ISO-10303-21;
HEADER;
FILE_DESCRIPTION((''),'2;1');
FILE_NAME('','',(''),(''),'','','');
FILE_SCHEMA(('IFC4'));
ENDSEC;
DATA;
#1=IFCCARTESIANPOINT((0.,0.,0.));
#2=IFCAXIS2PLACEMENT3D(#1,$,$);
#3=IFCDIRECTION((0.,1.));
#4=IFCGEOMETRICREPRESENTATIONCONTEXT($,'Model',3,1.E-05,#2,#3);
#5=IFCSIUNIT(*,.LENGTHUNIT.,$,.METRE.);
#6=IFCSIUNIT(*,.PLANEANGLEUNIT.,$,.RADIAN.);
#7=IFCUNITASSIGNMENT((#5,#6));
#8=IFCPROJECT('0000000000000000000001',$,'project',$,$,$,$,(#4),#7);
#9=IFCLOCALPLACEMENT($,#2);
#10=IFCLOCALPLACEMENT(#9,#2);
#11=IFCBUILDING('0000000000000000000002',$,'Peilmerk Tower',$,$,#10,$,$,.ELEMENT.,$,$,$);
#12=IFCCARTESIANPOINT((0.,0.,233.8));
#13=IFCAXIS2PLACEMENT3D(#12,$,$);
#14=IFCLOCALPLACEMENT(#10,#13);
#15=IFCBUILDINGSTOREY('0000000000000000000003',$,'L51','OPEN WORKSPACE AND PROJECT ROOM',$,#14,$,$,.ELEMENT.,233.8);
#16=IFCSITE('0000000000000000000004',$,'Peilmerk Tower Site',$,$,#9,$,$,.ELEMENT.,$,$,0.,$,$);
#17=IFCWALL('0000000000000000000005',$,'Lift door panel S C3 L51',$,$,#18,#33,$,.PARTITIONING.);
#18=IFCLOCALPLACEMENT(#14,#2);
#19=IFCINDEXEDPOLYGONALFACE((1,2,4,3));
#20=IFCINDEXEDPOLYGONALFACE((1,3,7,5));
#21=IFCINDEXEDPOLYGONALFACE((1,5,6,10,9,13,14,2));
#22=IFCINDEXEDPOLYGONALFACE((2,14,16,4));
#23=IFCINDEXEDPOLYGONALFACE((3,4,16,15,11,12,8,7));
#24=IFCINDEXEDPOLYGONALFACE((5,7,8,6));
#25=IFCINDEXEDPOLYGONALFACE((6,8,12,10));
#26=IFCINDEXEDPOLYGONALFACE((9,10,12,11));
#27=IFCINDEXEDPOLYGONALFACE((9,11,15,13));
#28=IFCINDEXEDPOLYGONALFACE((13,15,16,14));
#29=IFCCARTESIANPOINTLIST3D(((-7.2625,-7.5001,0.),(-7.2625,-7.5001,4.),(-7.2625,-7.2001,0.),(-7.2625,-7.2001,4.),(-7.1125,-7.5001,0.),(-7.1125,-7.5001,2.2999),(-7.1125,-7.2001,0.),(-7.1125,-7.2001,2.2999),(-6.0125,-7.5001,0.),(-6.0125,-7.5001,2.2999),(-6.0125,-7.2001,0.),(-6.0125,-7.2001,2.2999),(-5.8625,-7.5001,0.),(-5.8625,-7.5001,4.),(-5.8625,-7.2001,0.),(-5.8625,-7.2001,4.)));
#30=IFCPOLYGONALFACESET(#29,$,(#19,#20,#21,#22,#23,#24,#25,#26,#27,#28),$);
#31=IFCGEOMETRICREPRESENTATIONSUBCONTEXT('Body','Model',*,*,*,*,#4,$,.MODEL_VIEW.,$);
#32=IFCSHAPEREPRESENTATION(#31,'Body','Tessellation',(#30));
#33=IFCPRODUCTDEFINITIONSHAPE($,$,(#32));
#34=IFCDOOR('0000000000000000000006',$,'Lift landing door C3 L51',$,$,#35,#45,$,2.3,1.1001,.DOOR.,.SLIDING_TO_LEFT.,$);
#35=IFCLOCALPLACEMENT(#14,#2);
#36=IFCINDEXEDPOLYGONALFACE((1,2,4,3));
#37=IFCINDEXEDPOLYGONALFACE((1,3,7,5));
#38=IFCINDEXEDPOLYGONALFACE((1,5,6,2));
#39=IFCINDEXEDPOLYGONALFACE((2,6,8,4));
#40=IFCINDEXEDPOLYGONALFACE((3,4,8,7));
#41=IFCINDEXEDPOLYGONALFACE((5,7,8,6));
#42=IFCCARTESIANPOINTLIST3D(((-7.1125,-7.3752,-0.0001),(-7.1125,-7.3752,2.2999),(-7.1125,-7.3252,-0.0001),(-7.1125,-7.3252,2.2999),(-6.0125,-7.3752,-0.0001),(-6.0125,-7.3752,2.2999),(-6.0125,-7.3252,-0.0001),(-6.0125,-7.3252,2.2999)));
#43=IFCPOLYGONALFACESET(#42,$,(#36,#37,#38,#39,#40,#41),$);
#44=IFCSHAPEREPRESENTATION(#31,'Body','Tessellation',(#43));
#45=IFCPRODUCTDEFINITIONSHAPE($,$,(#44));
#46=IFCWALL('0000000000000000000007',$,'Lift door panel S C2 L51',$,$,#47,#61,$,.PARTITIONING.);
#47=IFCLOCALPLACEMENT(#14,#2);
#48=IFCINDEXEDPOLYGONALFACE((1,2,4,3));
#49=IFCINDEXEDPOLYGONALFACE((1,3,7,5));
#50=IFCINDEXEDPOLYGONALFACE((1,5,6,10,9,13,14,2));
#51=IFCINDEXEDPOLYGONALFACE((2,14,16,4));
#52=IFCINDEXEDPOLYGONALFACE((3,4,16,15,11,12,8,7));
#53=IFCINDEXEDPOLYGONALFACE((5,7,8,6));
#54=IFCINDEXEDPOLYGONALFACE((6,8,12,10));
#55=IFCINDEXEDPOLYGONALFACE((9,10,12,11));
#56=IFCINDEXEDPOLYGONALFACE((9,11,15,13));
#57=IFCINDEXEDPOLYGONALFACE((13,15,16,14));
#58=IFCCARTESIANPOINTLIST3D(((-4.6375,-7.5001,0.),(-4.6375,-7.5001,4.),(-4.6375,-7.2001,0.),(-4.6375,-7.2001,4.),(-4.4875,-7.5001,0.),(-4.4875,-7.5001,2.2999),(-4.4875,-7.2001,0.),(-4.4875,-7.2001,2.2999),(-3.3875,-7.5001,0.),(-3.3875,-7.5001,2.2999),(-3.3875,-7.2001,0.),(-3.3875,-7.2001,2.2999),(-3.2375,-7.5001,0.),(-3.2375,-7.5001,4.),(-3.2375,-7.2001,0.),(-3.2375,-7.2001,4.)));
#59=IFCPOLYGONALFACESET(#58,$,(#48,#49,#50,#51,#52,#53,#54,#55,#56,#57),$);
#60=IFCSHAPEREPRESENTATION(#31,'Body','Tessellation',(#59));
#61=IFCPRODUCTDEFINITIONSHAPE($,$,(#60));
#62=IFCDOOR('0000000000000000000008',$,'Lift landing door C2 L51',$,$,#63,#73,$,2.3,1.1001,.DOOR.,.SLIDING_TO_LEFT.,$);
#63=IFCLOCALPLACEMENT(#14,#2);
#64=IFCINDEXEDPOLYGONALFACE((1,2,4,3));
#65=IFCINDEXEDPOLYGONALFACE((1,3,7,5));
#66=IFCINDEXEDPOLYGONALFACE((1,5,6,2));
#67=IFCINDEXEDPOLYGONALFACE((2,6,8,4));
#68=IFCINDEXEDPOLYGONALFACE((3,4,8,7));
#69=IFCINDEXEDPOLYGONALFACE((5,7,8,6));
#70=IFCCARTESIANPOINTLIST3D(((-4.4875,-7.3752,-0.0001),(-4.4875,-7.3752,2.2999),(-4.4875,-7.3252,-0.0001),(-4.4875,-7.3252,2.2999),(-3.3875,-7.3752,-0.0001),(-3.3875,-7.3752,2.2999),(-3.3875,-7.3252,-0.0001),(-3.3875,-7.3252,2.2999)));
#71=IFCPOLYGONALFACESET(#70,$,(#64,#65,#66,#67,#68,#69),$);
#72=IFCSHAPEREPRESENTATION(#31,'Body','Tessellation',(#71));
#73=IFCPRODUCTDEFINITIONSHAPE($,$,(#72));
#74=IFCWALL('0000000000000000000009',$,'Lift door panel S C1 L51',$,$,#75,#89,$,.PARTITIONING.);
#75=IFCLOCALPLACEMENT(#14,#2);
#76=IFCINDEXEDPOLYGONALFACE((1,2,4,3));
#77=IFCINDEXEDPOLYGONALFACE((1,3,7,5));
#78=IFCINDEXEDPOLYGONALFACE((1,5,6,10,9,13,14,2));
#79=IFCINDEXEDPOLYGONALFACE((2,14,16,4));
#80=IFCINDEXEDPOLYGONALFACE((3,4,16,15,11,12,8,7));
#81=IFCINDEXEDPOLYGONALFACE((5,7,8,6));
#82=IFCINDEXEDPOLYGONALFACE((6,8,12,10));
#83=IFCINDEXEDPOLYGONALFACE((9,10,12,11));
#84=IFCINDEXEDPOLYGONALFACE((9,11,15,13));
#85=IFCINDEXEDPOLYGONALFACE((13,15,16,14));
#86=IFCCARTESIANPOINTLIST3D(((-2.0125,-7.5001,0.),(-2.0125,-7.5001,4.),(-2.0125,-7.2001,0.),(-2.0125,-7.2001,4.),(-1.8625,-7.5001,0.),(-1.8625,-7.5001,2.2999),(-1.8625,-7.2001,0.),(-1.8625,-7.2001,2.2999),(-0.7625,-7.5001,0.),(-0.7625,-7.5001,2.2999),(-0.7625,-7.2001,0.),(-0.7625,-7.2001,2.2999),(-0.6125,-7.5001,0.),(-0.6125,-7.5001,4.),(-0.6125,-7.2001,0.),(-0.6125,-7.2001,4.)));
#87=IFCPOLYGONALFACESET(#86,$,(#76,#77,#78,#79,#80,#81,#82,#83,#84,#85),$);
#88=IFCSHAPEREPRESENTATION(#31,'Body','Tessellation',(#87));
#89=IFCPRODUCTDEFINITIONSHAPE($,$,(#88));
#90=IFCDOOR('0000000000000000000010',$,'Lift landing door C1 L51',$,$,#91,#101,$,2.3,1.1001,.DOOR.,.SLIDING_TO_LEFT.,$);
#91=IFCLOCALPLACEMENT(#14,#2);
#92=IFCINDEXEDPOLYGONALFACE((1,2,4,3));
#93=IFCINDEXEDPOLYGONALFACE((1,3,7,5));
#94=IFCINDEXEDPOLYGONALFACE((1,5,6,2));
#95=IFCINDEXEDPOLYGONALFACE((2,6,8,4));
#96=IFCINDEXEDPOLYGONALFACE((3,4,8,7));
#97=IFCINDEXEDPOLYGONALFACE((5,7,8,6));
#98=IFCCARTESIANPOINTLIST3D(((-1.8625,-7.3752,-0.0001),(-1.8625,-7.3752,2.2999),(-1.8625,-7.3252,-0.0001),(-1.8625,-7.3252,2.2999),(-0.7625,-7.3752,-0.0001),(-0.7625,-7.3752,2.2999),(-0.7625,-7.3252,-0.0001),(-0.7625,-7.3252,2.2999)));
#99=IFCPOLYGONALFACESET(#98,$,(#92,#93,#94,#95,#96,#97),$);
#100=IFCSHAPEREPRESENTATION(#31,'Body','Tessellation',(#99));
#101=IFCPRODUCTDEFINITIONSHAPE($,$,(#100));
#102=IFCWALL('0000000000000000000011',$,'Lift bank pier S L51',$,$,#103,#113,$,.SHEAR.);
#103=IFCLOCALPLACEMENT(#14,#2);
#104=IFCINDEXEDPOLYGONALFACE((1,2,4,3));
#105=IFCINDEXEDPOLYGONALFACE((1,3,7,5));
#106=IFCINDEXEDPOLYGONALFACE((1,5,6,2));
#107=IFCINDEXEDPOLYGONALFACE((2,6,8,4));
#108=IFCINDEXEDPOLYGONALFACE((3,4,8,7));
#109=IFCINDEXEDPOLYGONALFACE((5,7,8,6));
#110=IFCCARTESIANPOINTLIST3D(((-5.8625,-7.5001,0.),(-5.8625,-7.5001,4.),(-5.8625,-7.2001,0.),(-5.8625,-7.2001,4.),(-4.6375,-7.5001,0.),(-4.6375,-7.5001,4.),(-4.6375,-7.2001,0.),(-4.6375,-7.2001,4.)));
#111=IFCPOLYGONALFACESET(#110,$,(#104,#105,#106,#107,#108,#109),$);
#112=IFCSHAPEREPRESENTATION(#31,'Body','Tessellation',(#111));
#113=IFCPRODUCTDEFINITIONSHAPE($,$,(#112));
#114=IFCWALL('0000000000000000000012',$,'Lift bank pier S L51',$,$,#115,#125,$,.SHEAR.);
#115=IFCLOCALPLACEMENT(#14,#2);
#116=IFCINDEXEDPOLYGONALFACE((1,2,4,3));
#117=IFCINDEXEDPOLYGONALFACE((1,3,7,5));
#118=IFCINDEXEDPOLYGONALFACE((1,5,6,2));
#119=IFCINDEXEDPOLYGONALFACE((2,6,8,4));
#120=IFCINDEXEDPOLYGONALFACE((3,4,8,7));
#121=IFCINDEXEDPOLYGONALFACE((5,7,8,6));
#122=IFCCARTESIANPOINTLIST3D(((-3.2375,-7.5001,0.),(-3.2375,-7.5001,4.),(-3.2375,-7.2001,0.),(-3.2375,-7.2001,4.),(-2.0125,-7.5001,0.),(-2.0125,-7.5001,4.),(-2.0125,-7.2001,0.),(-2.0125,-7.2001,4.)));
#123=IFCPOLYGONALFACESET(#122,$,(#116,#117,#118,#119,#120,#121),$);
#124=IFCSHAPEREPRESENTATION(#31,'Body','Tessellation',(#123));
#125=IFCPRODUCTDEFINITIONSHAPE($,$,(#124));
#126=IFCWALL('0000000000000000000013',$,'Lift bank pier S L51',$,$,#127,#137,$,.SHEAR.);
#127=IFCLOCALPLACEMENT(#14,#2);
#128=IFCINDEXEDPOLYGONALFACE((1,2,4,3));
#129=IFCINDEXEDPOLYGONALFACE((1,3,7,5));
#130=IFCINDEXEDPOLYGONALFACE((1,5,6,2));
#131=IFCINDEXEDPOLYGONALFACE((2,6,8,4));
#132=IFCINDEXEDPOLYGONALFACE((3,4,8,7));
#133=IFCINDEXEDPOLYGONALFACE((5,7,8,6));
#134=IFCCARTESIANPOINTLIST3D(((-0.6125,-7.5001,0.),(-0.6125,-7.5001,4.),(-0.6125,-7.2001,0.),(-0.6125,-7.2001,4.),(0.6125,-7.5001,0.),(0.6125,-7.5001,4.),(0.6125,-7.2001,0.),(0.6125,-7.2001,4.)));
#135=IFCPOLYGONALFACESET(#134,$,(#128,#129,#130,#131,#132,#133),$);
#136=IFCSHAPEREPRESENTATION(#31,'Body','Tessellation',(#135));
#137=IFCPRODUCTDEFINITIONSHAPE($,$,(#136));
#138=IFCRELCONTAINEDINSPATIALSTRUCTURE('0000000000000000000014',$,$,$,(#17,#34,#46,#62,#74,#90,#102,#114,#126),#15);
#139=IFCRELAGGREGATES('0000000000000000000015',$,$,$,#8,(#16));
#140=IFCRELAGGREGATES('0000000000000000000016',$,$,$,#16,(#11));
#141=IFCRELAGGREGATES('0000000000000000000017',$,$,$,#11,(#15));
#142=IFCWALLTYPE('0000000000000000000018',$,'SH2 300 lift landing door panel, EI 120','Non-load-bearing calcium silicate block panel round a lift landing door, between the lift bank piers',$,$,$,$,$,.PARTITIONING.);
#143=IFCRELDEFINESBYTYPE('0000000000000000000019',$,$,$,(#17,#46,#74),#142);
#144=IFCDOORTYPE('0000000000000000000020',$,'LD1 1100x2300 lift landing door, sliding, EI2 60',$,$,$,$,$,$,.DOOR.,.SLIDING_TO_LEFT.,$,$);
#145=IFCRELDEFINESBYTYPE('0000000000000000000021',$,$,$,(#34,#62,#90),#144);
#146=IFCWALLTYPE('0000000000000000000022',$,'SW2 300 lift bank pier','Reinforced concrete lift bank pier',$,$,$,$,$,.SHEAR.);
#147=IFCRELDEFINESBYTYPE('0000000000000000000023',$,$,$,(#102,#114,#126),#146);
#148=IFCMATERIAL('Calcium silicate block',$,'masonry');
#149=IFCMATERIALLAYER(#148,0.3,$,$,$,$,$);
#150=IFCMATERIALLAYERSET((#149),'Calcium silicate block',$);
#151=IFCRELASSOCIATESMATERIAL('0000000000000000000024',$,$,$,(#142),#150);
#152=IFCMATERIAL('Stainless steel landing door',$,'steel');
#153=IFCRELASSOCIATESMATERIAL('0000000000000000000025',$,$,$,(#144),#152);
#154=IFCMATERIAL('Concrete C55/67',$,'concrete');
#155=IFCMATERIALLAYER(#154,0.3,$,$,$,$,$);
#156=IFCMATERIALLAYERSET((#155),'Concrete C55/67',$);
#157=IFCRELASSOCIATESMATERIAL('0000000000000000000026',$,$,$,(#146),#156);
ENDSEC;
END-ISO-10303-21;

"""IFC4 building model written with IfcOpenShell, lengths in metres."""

from ifc_helpers import new_model, si_unit, direction, frame, frame_2d, origin, place, context, subcontext, project, spatial, rectangle, extrude, material, layer, layer_set, type_object, element, fill, save


model = new_model("IFC4")

# Units and contexts
model_context = context("Model", 3, precision=1e-05, world=origin(), true_north=direction((0.0, 1.0)))
body_context = subcontext(model_context, "Body", "Model", "MODEL_VIEW")
ifc_project = project(units=[si_unit("LENGTHUNIT", "METRE"), si_unit("PLANEANGLEUNIT", "RADIAN")], contexts=[model_context])

# Site, building, storey
site_placement = place(None, origin())
site = spatial("IfcSite", under=ifc_project, at=site_placement, Name="Peilmerk Tower Site", CompositionType="ELEMENT", RefElevation=0.0)
building_placement = place(site_placement, origin())
building = spatial("IfcBuilding", under=site, at=building_placement, Name="Peilmerk Tower", CompositionType="ELEMENT")
storey_placement = place(building_placement, frame((0.0, 0.0, 233.8)))
storey = spatial("IfcBuildingStorey", under=building, at=storey_placement, Name="L51", Description="OPEN WORKSPACE AND PROJECT ROOM", CompositionType="ELEMENT", Elevation=233.8)

# Shared definitions
ifc_material_1 = material(Name="Calcium silicate block", Category="masonry")

# Walls, openings, doors
ifc_layer_1 = layer(ifc_material_1, 0.3)
ifc_layer_set_1 = layer_set([ifc_layer_1], Name="Calcium silicate block")
wall_type_1 = type_object("IfcWallType", Name="SH2 300 lift landing door panel, EI 120", Description="Non-load-bearing calcium silicate block panel round a lift landing door, between the lift bank piers", PredefinedType="PARTITIONING", material=ifc_layer_set_1)
wall_1_placement = place(storey_placement, frame((-7.2625, -7.3501, 0.0), z_axis=(0.0, 0.0, 1.0), x_axis=(1.0, 0.0, 0.0)))
wall_1 = element("IfcWall", 1, at=wall_1_placement, inside=storey, type_object=wall_type_1, Name="Lift door panel S C3 L51", PredefinedType="PARTITIONING", context=body_context, shape_type="SweptSolid", body=[
    extrude(rectangle(XDim=1.3999, YDim=0.3, at=frame_2d((0.7, 0.0))), origin(), (0.0, 0.0, 1.0), 4.0),
])
opening_1_placement = place(wall_1_placement, frame((0.1499, 0.0, 0.0)))
opening_1 = element("IfcOpeningElement", 2, at=opening_1_placement, cuts=wall_1, PredefinedType="OPENING", context=body_context, shape_type="SweptSolid", body=[
    extrude(rectangle(XDim=1.1001, YDim=2.3, at=frame_2d((0.55, 1.1499))), frame((0.0, 0.1599, 0.0), z_axis=(0.0, -1.0, 0.0), x_axis=(1.0, 0.0, 0.0)), (0.0, 0.0, 1.0), 0.3201),
])
ifc_material_2 = material(Name="Stainless steel landing door", Category="steel")
door_type = type_object("IfcDoorType", Name="LD1 1100x2300 lift landing door, sliding, EI2 60", OperationType="SLIDING_TO_LEFT", PredefinedType="DOOR", material=ifc_material_2)
door_1_placement = place(opening_1_placement, origin())
door_1 = element("IfcDoor", 3, at=door_1_placement, inside=storey, type_object=door_type, Name="Lift landing door C3 L51", OperationType="SLIDING_TO_LEFT", OverallHeight=2.3, OverallWidth=1.1001, PredefinedType="DOOR", context=body_context, shape_type="SweptSolid", body=[
    extrude(rectangle(XDim=1.1001, YDim=2.3, at=frame_2d((0.55, 1.1499))), frame((0.0, 0.0249, 0.0), z_axis=(0.0, -1.0, 0.0), x_axis=(1.0, 0.0, 0.0)), (0.0, 0.0, 1.0), 0.05),
])
fill(opening_1, door_1)
wall_2_placement = place(storey_placement, frame((-4.6375, -7.3501, 0.0), z_axis=(0.0, 0.0, 1.0), x_axis=(1.0, 0.0, 0.0)))
wall_2 = element("IfcWall", 4, at=wall_2_placement, inside=storey, type_object=wall_type_1, Name="Lift door panel S C2 L51", PredefinedType="PARTITIONING", context=body_context, shape_type="SweptSolid", body=[
    extrude(rectangle(XDim=1.3999, YDim=0.3, at=frame_2d((0.7, 0.0))), origin(), (0.0, 0.0, 1.0), 4.0),
])
opening_2_placement = place(wall_2_placement, frame((0.1499, 0.0, 0.0)))
opening_2 = element("IfcOpeningElement", 5, at=opening_2_placement, cuts=wall_2, PredefinedType="OPENING", context=body_context, shape_type="SweptSolid", body=[
    extrude(rectangle(XDim=1.1001, YDim=2.3, at=frame_2d((0.55, 1.1499))), frame((0.0, 0.1599, 0.0), z_axis=(0.0, -1.0, 0.0), x_axis=(1.0, 0.0, 0.0)), (0.0, 0.0, 1.0), 0.3201),
])
door_2_placement = place(opening_2_placement, origin())
door_2 = element("IfcDoor", 6, at=door_2_placement, inside=storey, type_object=door_type, Name="Lift landing door C2 L51", OperationType="SLIDING_TO_LEFT", OverallHeight=2.3, OverallWidth=1.1001, PredefinedType="DOOR", context=body_context, shape_type="SweptSolid", body=[
    extrude(rectangle(XDim=1.1001, YDim=2.3, at=frame_2d((0.55, 1.1499))), frame((0.0, 0.0249, 0.0), z_axis=(0.0, -1.0, 0.0), x_axis=(1.0, 0.0, 0.0)), (0.0, 0.0, 1.0), 0.05),
])
fill(opening_2, door_2)
wall_3_placement = place(storey_placement, frame((-2.0125, -7.3501, 0.0), z_axis=(0.0, 0.0, 1.0), x_axis=(1.0, 0.0, 0.0)))
wall_3 = element("IfcWall", 7, at=wall_3_placement, inside=storey, type_object=wall_type_1, Name="Lift door panel S C1 L51", PredefinedType="PARTITIONING", context=body_context, shape_type="SweptSolid", body=[
    extrude(rectangle(XDim=1.3999, YDim=0.3, at=frame_2d((0.7, 0.0))), origin(), (0.0, 0.0, 1.0), 4.0),
])
opening_3_placement = place(wall_3_placement, frame((0.1499, 0.0, 0.0)))
opening_3 = element("IfcOpeningElement", 8, at=opening_3_placement, cuts=wall_3, PredefinedType="OPENING", context=body_context, shape_type="SweptSolid", body=[
    extrude(rectangle(XDim=1.1001, YDim=2.3, at=frame_2d((0.55, 1.1499))), frame((0.0, 0.1599, 0.0), z_axis=(0.0, -1.0, 0.0), x_axis=(1.0, 0.0, 0.0)), (0.0, 0.0, 1.0), 0.3201),
])
door_3_placement = place(opening_3_placement, origin())
door_3 = element("IfcDoor", 9, at=door_3_placement, inside=storey, type_object=door_type, Name="Lift landing door C1 L51", OperationType="SLIDING_TO_LEFT", OverallHeight=2.3, OverallWidth=1.1001, PredefinedType="DOOR", context=body_context, shape_type="SweptSolid", body=[
    extrude(rectangle(XDim=1.1001, YDim=2.3, at=frame_2d((0.55, 1.1499))), frame((0.0, 0.0249, 0.0), z_axis=(0.0, -1.0, 0.0), x_axis=(1.0, 0.0, 0.0)), (0.0, 0.0, 1.0), 0.05),
])
fill(opening_3, door_3)

# Walls
ifc_material_3 = material(Name="Concrete C55/67", Category="concrete")
ifc_layer_2 = layer(ifc_material_3, 0.3)
ifc_layer_set_2 = layer_set([ifc_layer_2], Name="Concrete C55/67")
wall_type_2 = type_object("IfcWallType", Name="SW2 300 lift bank pier", Description="Reinforced concrete lift bank pier", PredefinedType="SHEAR", material=ifc_layer_set_2)
for number, where, z_axis, x_axis, name in (
    (10, (-5.8625, -7.3501, 0.0), (0.0, 0.0, 1.0), (1.0, 0.0, 0.0), "Lift bank pier S L51"),
    (11, (-3.2375, -7.3501, 0.0), (0.0, 0.0, 1.0), (1.0, 0.0, 0.0), "Lift bank pier S L51"),
    (12, (-0.6125, -7.3501, 0.0), (0.0, 0.0, 1.0), (1.0, 0.0, 0.0), "Lift bank pier S L51"),
):
    element("IfcWall", number, at=place(storey_placement, frame(where, z_axis=z_axis, x_axis=x_axis)), inside=storey, type_object=wall_type_2, Name=name, PredefinedType="SHEAR", context=body_context, shape_type="SweptSolid", body=[
        extrude(rectangle(XDim=1.2251, YDim=0.3, at=frame_2d((0.6125, 0.0))), origin(), (0.0, 0.0, 1.0), 4.0),
    ])

save(model, "model.ifc")
